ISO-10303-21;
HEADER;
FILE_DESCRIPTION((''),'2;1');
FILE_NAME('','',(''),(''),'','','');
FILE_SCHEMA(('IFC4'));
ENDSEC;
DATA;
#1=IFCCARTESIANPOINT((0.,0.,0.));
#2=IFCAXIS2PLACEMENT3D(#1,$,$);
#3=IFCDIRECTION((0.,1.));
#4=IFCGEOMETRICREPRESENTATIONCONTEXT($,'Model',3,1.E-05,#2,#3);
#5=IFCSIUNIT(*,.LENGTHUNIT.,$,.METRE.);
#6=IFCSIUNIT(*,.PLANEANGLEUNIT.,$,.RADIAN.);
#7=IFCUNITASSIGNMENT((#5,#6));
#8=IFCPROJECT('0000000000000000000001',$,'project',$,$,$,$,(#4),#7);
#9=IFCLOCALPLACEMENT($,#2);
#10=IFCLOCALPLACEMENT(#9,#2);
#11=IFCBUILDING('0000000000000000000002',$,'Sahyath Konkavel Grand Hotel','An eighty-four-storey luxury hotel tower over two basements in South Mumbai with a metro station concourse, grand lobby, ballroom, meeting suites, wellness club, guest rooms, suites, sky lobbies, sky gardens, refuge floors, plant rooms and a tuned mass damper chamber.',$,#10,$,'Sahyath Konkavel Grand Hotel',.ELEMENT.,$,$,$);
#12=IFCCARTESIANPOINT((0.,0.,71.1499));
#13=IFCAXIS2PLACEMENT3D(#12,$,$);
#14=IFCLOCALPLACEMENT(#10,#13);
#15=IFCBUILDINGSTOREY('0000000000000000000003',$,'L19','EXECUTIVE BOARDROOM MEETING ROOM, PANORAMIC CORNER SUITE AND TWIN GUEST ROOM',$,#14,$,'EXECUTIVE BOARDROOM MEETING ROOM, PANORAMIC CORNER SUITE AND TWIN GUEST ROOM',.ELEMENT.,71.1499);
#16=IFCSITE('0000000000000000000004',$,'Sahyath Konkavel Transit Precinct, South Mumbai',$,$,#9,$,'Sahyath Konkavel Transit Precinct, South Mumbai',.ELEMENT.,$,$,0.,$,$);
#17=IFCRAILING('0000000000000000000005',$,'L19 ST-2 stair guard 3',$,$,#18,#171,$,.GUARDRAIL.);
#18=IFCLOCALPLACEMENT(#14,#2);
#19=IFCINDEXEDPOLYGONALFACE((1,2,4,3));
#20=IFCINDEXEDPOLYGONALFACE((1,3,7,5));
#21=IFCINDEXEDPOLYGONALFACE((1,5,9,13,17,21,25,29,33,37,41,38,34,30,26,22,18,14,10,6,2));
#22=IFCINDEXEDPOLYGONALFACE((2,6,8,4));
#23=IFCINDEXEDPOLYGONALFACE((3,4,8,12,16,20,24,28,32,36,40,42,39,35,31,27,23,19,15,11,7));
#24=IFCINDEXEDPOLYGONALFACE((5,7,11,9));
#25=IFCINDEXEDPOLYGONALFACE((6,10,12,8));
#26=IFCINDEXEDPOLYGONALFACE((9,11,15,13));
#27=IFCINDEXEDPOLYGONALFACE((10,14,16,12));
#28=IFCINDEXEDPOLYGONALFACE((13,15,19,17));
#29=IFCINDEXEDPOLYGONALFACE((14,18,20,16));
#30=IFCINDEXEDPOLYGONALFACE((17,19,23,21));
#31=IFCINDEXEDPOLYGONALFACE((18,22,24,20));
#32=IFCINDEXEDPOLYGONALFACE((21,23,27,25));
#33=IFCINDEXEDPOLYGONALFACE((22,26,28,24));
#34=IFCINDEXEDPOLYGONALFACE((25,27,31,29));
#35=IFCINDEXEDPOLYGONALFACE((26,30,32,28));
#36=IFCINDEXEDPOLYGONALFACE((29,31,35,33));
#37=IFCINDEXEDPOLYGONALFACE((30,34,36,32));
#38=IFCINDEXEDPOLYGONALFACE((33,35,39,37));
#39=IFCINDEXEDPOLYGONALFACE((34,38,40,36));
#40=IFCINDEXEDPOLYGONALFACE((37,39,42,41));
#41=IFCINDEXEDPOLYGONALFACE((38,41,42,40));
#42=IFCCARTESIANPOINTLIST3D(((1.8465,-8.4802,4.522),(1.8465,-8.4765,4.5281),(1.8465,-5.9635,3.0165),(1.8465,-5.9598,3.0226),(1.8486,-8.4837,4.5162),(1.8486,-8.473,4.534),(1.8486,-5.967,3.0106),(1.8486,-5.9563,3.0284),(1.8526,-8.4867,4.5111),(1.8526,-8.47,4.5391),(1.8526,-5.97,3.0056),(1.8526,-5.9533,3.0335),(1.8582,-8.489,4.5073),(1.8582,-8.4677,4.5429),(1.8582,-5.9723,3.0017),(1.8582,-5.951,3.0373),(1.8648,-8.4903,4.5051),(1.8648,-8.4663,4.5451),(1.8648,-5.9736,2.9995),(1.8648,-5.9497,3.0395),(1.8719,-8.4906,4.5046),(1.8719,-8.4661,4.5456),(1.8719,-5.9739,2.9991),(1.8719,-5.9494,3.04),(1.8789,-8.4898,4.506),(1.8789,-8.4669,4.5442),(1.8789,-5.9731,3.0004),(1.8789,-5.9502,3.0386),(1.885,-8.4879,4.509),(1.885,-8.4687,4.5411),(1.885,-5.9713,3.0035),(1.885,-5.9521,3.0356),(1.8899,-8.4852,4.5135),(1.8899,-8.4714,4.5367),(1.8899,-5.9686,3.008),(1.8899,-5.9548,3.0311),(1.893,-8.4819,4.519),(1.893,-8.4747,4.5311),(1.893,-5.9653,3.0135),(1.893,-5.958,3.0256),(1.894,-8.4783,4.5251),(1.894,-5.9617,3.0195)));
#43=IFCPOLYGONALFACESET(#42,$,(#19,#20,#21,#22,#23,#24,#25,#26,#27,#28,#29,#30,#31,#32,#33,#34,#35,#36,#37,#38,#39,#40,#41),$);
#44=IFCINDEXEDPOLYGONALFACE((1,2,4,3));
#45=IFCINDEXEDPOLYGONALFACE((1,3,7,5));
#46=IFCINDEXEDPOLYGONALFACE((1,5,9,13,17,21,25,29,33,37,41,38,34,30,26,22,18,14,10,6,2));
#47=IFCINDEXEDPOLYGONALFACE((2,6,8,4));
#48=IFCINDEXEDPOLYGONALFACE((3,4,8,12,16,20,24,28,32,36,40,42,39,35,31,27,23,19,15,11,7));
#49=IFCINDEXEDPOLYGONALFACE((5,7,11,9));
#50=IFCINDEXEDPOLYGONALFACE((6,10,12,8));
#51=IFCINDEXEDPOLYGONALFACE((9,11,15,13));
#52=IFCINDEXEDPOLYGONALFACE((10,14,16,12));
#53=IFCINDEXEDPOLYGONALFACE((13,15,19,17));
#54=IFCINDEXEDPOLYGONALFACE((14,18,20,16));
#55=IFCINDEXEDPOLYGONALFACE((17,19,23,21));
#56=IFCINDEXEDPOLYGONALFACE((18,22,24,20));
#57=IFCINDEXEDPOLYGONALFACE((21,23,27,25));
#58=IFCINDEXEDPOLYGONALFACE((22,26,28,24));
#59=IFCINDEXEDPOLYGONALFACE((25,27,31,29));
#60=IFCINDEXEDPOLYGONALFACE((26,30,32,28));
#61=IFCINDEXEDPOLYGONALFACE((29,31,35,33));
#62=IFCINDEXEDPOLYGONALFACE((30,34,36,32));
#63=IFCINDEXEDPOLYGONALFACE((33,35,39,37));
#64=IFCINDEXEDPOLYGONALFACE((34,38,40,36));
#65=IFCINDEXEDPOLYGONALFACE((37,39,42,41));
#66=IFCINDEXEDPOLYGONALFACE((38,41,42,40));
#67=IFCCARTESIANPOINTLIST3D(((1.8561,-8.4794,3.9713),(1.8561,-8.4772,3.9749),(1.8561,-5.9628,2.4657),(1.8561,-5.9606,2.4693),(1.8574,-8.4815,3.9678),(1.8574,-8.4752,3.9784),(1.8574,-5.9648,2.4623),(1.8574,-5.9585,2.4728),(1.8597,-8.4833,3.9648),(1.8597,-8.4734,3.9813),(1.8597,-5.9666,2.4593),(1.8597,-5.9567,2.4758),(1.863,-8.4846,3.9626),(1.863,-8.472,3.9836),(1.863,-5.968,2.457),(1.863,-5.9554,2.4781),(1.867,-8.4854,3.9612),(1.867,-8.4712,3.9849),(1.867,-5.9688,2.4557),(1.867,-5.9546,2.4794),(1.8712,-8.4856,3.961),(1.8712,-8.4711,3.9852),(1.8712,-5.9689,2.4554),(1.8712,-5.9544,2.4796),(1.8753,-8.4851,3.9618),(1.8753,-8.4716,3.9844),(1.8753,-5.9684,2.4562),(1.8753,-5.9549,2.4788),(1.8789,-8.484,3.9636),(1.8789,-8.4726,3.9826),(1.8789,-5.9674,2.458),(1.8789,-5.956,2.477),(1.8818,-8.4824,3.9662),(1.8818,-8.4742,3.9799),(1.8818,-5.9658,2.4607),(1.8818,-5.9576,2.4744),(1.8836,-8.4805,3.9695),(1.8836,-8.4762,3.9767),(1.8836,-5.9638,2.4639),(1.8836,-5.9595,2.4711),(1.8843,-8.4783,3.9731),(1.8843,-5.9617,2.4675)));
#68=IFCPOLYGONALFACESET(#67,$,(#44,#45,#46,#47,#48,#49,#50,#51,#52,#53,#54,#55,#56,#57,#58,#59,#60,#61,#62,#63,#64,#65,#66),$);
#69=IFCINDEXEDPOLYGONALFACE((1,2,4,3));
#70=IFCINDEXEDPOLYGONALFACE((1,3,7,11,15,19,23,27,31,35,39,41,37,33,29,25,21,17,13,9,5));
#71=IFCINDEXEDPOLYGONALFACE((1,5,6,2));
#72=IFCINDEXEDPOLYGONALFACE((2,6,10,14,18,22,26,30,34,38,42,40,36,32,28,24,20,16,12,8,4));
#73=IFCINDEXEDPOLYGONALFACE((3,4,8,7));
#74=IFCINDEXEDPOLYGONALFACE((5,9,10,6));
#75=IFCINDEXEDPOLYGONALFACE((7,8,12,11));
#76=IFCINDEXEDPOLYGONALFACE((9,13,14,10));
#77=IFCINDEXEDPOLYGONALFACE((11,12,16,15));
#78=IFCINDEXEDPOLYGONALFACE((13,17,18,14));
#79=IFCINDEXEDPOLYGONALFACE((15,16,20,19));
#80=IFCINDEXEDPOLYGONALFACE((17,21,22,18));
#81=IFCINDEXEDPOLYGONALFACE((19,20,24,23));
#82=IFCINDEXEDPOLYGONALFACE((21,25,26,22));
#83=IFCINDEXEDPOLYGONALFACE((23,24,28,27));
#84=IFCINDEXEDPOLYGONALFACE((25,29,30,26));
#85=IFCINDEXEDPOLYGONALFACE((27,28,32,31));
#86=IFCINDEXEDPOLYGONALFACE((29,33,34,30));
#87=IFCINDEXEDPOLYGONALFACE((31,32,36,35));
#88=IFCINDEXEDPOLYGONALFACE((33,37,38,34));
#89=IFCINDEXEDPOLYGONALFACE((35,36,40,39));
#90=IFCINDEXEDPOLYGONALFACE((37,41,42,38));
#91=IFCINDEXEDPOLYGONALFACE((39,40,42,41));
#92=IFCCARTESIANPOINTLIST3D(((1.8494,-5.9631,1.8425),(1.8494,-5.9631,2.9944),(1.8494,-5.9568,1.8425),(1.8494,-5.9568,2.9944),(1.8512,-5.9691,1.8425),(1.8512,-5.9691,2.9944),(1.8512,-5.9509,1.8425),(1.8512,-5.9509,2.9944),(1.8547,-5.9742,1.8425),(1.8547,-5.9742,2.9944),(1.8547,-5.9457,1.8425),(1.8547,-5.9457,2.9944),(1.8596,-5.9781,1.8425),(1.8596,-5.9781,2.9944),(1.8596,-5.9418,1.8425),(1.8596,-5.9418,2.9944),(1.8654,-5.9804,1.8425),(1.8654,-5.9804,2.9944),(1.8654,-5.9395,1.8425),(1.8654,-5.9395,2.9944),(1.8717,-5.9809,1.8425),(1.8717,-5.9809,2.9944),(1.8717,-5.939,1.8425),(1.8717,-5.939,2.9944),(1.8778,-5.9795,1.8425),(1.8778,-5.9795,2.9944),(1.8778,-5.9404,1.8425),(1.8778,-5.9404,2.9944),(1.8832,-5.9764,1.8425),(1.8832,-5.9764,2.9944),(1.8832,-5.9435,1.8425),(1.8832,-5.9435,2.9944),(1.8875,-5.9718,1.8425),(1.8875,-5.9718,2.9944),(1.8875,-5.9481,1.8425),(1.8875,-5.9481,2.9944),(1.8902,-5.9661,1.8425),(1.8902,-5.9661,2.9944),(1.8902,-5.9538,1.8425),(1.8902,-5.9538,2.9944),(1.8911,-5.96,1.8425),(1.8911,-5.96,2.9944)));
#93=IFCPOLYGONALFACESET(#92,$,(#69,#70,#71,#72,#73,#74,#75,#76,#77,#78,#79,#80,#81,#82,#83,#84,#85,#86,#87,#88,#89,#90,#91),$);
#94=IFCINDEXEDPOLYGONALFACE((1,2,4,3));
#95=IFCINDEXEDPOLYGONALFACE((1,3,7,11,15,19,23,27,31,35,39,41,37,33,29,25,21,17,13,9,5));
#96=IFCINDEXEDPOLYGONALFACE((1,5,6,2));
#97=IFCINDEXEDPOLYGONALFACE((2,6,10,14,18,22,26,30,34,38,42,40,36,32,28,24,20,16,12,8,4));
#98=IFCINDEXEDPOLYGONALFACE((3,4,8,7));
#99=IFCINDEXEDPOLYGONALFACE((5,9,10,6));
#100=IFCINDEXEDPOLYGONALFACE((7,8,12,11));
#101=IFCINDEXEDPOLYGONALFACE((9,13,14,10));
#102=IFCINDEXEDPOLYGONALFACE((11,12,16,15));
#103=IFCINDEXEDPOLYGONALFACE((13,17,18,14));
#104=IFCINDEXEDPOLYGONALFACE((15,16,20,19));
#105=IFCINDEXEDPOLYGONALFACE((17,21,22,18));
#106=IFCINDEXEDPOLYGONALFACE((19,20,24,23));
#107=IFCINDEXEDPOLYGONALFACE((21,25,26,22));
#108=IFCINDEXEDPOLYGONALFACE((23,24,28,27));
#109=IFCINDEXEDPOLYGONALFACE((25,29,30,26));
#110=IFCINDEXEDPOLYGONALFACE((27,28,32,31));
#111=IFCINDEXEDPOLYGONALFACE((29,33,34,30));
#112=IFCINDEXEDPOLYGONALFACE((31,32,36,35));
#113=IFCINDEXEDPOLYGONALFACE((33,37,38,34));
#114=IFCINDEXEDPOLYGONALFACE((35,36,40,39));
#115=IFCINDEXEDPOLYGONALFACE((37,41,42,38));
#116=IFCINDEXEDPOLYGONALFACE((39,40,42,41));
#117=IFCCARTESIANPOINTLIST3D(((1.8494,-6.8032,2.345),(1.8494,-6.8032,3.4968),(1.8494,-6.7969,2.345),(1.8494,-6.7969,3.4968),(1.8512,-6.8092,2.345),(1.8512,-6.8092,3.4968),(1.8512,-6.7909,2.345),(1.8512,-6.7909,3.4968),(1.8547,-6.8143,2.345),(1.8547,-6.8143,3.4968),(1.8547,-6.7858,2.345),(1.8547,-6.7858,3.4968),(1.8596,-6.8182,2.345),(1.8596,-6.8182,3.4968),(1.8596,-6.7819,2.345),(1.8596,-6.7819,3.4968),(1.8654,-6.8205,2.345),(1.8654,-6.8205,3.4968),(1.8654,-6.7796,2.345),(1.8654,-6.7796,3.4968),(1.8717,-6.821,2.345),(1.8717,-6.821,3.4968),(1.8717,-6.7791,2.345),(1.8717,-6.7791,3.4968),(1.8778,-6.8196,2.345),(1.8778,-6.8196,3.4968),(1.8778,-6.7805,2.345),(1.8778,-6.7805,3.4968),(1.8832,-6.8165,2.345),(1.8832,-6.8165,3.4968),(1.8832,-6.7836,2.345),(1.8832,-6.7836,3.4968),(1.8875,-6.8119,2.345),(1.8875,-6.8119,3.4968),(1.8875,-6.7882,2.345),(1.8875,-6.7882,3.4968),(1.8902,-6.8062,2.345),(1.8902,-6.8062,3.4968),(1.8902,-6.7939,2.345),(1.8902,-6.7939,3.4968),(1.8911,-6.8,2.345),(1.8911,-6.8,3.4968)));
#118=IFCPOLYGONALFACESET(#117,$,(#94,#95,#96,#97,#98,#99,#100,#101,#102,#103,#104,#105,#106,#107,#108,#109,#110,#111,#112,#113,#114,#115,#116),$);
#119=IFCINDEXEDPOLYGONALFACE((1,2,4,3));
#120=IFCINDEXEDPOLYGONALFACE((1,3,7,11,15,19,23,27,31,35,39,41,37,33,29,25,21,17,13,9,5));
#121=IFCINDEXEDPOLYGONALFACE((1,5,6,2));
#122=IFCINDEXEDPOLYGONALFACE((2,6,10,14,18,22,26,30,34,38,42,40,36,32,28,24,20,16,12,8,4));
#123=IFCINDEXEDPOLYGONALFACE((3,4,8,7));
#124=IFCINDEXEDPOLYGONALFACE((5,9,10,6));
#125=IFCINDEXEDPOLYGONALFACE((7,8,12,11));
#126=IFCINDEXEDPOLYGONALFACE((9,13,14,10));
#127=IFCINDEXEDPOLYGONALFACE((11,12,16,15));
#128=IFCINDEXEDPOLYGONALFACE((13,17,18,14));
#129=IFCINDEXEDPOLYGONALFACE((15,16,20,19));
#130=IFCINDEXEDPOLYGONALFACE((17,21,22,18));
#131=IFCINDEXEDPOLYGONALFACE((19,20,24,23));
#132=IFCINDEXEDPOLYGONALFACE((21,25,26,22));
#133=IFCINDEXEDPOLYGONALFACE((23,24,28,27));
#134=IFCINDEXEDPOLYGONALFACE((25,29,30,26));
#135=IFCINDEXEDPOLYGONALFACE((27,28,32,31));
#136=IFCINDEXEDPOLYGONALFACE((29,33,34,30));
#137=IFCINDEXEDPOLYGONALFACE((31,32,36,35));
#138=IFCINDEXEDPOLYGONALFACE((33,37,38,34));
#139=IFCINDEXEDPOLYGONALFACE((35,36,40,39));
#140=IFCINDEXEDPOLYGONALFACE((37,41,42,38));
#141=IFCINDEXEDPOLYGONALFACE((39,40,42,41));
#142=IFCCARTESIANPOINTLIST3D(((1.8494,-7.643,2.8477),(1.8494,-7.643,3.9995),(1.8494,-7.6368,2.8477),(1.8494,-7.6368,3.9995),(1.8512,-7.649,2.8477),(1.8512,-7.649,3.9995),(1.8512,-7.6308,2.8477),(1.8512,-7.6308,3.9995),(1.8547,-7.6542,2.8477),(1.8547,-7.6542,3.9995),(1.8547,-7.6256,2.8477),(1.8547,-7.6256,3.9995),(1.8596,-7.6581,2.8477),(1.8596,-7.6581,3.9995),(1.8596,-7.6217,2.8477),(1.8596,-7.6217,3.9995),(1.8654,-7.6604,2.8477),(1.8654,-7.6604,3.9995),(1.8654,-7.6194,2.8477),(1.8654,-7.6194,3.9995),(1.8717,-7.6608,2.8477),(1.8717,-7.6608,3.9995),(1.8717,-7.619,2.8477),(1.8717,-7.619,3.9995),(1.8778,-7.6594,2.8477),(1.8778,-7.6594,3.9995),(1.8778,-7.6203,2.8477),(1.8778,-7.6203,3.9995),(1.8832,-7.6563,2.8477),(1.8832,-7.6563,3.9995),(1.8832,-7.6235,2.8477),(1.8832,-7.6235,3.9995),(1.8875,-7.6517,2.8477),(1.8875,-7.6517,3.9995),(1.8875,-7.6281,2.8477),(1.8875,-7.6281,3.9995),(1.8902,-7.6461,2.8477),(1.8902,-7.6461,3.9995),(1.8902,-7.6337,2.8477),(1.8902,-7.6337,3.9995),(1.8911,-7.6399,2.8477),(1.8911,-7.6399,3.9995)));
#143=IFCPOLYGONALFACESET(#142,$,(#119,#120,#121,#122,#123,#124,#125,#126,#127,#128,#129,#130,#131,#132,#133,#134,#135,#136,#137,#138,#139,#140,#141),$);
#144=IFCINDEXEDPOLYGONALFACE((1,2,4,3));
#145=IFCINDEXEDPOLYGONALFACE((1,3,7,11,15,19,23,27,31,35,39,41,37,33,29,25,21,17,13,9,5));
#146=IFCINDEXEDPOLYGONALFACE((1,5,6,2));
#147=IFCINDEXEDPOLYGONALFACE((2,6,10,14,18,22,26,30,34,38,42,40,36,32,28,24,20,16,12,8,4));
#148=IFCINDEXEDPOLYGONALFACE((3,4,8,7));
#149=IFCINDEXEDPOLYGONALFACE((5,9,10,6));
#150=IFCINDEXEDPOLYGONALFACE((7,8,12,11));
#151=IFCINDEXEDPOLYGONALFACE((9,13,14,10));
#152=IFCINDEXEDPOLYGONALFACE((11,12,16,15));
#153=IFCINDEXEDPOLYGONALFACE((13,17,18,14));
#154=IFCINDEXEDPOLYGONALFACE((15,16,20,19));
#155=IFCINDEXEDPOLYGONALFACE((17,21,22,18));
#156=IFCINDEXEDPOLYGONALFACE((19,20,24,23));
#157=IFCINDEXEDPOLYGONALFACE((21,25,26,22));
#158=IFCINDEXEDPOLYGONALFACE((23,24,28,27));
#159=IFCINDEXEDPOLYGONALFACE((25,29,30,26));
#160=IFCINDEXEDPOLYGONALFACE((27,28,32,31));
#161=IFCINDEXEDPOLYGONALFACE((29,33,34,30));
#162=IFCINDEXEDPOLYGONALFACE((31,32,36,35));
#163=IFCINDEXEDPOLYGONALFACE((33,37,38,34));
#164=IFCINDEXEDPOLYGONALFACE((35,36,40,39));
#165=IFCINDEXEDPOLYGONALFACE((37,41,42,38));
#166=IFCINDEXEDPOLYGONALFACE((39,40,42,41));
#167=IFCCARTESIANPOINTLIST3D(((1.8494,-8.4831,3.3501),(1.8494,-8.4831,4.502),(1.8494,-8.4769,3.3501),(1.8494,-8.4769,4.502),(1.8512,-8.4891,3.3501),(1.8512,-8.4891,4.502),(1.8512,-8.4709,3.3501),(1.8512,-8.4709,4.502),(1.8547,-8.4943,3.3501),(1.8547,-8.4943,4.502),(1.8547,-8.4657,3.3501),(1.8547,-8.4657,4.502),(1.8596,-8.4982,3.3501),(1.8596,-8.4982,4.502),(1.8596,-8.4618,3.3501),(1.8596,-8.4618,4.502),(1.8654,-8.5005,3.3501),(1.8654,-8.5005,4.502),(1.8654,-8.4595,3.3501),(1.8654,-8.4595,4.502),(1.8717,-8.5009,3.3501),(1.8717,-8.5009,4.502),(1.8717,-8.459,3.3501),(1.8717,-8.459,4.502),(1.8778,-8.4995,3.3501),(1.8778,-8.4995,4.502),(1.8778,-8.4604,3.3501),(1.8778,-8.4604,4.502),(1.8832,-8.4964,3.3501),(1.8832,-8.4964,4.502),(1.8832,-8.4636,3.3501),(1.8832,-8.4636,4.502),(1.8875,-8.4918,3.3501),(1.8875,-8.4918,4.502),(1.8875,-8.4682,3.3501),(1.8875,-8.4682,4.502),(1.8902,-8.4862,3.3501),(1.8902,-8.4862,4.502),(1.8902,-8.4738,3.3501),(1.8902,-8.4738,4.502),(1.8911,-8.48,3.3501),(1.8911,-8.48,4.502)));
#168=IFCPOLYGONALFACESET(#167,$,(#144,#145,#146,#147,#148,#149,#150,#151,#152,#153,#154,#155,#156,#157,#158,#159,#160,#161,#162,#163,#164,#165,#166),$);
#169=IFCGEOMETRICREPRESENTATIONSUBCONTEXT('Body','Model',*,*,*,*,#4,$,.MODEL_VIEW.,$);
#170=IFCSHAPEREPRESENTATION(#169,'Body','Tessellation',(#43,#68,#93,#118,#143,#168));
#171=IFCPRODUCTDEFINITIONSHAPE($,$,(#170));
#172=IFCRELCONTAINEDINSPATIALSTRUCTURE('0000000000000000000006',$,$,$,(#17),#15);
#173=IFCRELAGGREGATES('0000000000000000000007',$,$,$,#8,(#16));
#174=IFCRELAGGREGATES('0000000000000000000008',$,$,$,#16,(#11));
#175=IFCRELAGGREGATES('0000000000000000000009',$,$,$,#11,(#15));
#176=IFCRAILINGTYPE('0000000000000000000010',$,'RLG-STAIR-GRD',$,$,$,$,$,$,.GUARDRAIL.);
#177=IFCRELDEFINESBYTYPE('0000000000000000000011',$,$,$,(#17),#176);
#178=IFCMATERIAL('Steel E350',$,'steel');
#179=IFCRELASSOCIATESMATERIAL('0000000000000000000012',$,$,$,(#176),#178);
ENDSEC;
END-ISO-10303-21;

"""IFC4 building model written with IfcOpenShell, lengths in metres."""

from ifc_helpers import new_model, si_unit, direction, frame, origin, origin_2d, place, context, subcontext, project, spatial, circle, extrude, material, type_object, element, save


model = new_model("IFC4")

# Units and contexts
model_context = context("Model", 3, precision=1e-05, world=origin(), true_north=direction((0.0, 1.0)))
body_context = subcontext(model_context, "Body", "Model", "MODEL_VIEW")
ifc_project = project(units=[si_unit("LENGTHUNIT", "METRE"), si_unit("PLANEANGLEUNIT", "RADIAN")], contexts=[model_context])

# Site, building, storey
site_placement = place(None, origin())
site = spatial("IfcSite", under=ifc_project, at=site_placement, Name="Sahyath Konkavel Transit Precinct, South Mumbai", LongName="Sahyath Konkavel Transit Precinct, South Mumbai", CompositionType="ELEMENT", RefElevation=0.0)
building_placement = place(site_placement, origin())
building = spatial("IfcBuilding", under=site, at=building_placement, Name="Sahyath Konkavel Grand Hotel", Description="An eighty-four-storey luxury hotel tower over two basements in South Mumbai with a metro station concourse, grand lobby, ballroom, meeting suites, wellness club, guest rooms, suites, sky lobbies, sky gardens, refuge floors, plant rooms and a tuned mass damper chamber.", LongName="Sahyath Konkavel Grand Hotel", CompositionType="ELEMENT")
storey_placement = place(building_placement, frame((0.0, 0.0, 71.1499)))
storey = spatial("IfcBuildingStorey", under=building, at=storey_placement, Name="L19", Description="EXECUTIVE BOARDROOM MEETING ROOM, PANORAMIC CORNER SUITE AND TWIN GUEST ROOM", LongName="EXECUTIVE BOARDROOM MEETING ROOM, PANORAMIC CORNER SUITE AND TWIN GUEST ROOM", CompositionType="ELEMENT", Elevation=71.1499)

# Shared definitions
ifc_material_1 = material(Name="Steel E350", Category="steel")

# Railing
railing_type_1 = type_object("IfcRailingType", Name="RLG-STAIR-GRD", PredefinedType="GUARDRAIL", material=ifc_material_1)
railing_1_placement = place(storey_placement, frame((1.8701, -5.96, 1.8425)))
element("IfcRailing", 1, at=railing_1_placement, inside=storey, type_object=railing_type_1, Name="L19 ST-2 stair guard 3", PredefinedType="GUARDRAIL", context=body_context, shape_type="SweptSolid", body=[
    extrude(circle(Radius=0.0239, at=origin_2d()), frame((0.0, -0.0017, 1.177), z_axis=(0.0, -0.85816, 0.513383), x_axis=(1.0, 0.0, 0.0)), (0.0, 0.0, 1.0), 2.9326),
    extrude(circle(Radius=0.0142, at=origin_2d()), frame((0.0, -0.0017, 0.625), z_axis=(0.0, -0.85816, 0.513383), x_axis=(1.0, 0.0, 0.0)), (0.0, 0.0, 1.0), 2.9326),
    extrude(circle(Radius=0.021, at=origin_2d()), origin(), (0.0, 0.0, 1.0), 1.1519),
    extrude(circle(Radius=0.021, at=origin_2d()), frame((0.0, -0.8401, 0.5024)), (0.0, 0.0, 1.0), 1.1519),
    extrude(circle(Radius=0.021, at=origin_2d()), frame((0.0, -1.6799, 1.0051)), (0.0, 0.0, 1.0), 1.1519),
    extrude(circle(Radius=0.021, at=origin_2d()), frame((0.0, -2.52, 1.5076)), (0.0, 0.0, 1.0), 1.1519),
])

save(model, "model.ifc")
